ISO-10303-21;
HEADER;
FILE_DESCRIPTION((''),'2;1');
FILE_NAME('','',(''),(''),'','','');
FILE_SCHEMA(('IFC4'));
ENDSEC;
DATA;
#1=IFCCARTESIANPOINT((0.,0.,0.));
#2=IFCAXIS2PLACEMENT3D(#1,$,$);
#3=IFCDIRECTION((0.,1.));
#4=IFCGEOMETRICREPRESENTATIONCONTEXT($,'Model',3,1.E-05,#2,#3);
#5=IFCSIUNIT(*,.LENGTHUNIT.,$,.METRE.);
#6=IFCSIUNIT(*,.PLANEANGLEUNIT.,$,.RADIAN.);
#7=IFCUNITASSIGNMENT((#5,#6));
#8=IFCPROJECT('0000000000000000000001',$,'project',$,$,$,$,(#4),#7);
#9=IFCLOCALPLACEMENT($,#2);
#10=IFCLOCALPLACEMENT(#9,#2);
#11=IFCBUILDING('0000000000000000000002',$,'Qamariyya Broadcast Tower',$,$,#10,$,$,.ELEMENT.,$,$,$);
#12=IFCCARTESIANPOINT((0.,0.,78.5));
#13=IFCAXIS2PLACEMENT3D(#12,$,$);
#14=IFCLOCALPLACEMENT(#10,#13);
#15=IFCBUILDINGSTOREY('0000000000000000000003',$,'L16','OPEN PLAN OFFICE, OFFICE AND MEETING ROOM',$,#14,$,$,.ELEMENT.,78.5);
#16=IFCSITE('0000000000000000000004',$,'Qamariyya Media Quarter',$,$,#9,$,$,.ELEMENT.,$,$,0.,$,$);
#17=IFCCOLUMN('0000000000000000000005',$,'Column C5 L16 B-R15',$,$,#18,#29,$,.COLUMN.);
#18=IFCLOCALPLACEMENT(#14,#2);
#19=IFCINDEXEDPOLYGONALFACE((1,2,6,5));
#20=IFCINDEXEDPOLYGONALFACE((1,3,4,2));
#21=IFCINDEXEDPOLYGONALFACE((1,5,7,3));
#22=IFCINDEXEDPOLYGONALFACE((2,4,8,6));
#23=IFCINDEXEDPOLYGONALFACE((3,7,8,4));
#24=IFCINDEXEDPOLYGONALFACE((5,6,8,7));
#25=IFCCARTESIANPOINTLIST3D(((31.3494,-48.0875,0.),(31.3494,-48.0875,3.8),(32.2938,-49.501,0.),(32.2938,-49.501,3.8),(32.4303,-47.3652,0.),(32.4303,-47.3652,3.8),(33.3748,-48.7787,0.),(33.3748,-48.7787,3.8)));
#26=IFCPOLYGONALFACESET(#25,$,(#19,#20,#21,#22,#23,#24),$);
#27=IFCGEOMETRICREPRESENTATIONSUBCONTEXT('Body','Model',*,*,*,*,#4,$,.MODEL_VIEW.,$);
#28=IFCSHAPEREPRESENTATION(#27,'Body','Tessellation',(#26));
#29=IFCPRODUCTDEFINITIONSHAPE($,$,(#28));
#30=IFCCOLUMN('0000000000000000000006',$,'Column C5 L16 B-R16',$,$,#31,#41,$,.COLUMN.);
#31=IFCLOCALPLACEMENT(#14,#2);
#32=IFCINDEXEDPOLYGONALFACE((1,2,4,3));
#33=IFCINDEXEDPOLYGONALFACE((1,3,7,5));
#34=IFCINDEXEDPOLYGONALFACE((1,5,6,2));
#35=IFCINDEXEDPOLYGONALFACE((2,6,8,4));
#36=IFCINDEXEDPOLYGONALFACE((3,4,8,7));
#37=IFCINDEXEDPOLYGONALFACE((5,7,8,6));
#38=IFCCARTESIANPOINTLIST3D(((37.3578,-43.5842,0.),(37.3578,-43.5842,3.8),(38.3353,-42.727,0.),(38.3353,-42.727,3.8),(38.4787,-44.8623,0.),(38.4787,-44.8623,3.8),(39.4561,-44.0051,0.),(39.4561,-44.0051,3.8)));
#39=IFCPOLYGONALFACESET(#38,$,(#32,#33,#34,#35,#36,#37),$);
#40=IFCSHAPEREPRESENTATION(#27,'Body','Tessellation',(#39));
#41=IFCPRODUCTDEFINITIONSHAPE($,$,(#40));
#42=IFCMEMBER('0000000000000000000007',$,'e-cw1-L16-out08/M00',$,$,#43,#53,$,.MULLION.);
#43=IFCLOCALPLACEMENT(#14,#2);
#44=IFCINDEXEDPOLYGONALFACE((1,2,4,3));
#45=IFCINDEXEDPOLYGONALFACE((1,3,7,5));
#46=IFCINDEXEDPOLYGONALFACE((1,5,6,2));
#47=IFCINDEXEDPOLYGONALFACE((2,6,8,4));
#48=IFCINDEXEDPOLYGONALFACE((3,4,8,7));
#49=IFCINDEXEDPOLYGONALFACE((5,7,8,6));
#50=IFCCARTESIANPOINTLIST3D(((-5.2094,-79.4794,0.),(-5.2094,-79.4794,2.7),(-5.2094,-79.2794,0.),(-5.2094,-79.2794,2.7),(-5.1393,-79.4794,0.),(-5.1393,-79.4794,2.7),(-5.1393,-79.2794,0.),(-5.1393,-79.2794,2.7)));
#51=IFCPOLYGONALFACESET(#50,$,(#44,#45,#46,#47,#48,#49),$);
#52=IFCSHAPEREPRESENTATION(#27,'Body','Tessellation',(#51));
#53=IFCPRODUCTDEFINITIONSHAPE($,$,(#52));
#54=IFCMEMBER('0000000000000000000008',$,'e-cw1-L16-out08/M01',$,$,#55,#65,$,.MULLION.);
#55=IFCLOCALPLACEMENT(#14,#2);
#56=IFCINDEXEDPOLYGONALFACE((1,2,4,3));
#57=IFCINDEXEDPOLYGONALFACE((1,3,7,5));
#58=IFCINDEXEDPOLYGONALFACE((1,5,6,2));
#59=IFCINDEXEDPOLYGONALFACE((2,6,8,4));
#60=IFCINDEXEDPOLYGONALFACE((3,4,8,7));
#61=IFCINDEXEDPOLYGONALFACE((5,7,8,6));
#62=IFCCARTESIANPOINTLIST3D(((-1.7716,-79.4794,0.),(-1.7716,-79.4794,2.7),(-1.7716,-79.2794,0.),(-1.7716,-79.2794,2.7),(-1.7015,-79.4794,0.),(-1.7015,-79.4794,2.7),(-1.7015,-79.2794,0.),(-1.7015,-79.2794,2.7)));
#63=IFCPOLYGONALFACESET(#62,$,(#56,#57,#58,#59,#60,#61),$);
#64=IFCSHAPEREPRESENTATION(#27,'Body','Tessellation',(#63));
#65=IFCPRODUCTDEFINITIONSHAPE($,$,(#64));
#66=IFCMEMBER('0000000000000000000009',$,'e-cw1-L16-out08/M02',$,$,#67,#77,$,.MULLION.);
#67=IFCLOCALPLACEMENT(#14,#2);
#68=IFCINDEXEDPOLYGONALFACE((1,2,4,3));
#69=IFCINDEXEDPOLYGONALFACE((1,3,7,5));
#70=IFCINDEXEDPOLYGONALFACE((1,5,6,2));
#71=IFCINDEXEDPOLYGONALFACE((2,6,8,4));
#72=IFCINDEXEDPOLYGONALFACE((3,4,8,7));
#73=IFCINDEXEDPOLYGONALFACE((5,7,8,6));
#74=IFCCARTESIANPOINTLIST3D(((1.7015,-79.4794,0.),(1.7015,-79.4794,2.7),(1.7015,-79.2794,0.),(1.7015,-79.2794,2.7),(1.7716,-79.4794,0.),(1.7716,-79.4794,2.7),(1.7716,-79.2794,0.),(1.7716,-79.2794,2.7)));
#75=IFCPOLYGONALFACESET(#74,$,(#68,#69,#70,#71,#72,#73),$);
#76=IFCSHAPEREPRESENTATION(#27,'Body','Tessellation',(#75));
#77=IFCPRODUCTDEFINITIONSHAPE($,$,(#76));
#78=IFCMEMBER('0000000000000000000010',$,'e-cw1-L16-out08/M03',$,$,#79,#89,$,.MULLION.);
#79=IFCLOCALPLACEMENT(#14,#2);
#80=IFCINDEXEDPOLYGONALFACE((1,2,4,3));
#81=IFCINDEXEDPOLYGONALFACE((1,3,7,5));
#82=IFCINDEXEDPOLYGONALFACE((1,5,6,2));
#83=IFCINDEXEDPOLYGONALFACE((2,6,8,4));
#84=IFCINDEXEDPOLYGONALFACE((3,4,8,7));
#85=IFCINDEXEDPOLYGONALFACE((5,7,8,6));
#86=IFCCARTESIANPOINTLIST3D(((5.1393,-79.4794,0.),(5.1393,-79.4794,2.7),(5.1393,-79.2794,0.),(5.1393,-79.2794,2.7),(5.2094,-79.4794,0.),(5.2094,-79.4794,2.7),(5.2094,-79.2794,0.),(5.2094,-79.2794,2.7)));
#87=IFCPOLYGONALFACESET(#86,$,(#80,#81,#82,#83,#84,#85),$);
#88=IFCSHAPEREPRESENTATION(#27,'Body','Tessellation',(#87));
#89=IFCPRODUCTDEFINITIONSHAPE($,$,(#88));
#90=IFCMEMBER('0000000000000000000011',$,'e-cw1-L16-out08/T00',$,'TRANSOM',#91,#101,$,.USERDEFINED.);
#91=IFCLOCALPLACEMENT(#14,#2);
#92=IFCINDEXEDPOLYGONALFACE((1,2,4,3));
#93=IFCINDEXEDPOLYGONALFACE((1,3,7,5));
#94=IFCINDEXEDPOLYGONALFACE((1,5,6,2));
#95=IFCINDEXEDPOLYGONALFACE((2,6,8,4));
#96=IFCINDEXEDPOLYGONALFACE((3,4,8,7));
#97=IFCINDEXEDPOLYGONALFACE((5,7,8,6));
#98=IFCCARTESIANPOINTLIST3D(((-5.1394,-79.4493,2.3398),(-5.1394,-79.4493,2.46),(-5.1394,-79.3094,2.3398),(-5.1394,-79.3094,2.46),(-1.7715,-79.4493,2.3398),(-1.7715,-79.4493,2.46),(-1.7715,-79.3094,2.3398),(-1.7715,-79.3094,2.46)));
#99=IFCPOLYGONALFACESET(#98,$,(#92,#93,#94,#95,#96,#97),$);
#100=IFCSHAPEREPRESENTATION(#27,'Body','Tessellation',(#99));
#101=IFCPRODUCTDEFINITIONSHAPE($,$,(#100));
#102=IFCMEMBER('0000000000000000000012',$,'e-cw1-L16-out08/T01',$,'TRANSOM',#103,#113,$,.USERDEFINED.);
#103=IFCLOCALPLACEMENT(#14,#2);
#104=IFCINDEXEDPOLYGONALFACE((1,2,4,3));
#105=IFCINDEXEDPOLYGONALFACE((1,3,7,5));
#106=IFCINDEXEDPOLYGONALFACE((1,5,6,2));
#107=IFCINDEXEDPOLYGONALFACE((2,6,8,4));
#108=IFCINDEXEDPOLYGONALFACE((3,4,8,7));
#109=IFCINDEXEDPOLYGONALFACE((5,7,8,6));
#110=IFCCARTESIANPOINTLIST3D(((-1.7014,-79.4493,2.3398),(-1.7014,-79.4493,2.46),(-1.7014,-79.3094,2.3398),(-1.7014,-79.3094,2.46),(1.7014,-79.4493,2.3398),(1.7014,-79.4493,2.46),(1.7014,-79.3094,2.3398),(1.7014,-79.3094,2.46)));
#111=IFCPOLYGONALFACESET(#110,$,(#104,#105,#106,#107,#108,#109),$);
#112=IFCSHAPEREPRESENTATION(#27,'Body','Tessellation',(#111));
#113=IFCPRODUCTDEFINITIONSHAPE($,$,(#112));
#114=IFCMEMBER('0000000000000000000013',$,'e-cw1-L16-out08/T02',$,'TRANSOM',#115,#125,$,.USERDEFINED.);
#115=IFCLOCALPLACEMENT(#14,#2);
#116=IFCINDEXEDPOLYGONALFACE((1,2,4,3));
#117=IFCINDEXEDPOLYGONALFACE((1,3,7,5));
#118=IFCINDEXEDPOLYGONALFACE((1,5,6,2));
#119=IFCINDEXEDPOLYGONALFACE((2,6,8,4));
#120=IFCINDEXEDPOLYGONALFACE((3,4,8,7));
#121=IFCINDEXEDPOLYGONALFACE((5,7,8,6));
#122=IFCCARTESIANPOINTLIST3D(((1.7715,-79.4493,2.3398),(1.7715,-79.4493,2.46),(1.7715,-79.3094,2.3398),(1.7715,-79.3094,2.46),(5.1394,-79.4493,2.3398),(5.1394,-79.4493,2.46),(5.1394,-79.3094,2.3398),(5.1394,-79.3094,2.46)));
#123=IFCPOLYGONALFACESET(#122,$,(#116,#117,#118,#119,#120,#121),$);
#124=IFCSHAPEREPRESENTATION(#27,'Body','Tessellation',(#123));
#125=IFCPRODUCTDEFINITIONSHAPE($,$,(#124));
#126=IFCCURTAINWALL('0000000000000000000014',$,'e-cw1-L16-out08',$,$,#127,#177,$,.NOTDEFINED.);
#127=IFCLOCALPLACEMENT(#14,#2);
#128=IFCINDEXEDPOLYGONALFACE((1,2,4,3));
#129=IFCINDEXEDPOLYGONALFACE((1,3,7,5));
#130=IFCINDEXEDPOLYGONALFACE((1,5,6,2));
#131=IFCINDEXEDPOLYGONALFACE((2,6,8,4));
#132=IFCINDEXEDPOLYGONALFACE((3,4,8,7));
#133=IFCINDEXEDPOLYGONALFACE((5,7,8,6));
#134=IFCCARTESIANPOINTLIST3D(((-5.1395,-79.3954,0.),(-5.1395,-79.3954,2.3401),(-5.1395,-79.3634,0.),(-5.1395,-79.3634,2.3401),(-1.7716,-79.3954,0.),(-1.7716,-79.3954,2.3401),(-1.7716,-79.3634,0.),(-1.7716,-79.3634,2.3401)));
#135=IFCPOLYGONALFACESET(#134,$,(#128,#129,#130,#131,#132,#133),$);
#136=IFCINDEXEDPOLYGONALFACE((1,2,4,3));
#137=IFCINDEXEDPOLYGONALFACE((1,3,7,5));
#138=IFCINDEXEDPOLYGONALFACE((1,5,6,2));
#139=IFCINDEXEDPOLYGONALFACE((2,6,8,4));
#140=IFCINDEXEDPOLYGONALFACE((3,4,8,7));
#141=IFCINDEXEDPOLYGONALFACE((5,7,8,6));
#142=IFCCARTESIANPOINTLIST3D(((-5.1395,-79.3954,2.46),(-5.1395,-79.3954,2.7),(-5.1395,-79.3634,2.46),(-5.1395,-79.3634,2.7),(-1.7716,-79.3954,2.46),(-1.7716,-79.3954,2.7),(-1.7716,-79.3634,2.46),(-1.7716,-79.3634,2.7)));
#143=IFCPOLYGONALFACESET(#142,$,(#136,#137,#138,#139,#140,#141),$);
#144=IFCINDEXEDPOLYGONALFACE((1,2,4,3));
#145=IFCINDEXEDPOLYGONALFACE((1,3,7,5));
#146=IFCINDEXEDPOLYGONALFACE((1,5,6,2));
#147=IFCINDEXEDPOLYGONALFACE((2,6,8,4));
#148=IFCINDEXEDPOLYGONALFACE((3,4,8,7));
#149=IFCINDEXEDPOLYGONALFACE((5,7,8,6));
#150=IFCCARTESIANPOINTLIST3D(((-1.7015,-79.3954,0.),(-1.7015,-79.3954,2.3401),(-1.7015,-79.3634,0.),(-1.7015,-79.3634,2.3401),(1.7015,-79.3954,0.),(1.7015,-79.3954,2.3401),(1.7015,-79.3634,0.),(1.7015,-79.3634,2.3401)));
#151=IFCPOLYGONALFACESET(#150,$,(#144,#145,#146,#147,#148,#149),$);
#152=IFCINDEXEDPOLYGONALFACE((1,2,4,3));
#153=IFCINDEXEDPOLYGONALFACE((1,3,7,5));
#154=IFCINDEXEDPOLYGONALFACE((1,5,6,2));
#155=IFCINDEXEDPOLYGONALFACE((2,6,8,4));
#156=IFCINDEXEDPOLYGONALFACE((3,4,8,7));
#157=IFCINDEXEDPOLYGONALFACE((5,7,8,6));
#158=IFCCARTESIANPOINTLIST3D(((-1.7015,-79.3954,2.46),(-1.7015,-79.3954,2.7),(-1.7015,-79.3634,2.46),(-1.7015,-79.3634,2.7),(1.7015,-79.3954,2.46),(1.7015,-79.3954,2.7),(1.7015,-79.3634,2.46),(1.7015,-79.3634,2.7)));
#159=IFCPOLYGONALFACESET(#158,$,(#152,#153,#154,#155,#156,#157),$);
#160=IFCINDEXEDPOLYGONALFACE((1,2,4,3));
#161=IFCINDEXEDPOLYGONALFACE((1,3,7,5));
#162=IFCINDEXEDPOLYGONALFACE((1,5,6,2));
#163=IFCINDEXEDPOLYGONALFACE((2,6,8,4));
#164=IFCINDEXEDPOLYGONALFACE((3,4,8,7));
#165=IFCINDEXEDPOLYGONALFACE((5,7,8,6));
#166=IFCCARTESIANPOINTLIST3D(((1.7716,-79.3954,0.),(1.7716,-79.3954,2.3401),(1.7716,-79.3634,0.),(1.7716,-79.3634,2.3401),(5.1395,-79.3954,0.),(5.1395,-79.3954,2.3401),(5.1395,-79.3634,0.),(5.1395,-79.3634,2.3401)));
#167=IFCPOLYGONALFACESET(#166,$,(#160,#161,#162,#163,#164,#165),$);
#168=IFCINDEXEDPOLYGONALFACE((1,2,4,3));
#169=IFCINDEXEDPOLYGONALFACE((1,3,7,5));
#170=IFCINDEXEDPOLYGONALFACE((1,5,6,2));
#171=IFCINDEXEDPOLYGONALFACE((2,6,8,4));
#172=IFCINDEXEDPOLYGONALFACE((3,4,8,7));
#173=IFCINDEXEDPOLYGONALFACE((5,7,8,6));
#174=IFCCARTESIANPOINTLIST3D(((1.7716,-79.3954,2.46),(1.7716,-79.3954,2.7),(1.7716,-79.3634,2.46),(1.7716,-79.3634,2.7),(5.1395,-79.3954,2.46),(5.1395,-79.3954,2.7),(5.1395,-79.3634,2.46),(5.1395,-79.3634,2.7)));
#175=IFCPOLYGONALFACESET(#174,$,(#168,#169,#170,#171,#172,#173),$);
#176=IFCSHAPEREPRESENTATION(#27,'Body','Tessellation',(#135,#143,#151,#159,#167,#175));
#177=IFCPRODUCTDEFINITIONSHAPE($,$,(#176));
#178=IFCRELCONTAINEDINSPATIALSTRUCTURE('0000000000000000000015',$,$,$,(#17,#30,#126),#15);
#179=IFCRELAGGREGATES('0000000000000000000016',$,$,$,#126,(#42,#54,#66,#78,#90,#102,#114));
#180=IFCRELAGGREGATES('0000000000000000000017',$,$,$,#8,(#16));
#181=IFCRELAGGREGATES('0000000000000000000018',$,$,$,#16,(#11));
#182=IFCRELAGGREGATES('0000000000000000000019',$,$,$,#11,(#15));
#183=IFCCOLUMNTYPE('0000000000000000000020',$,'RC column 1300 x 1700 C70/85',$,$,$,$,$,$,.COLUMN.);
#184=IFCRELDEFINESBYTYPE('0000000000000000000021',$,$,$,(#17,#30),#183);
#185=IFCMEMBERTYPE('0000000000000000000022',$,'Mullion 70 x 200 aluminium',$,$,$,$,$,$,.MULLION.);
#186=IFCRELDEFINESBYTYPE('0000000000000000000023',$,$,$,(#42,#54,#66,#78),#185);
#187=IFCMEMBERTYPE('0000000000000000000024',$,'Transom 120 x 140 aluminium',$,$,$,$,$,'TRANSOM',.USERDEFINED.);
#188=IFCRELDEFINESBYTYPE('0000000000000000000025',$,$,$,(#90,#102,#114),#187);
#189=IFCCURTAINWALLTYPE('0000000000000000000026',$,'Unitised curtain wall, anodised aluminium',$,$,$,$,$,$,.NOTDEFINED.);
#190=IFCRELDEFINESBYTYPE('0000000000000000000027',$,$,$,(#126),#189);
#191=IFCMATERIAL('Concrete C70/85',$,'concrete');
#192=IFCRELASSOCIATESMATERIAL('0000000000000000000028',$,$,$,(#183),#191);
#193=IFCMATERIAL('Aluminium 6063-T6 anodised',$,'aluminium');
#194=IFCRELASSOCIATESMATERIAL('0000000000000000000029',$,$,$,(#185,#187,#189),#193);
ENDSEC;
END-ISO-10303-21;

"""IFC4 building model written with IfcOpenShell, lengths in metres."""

from ifc_helpers import new_model, si_unit, direction, frame, origin, origin_2d, place, context, subcontext, project, spatial, rectangle, extrude, material, material_profile, profile_set, type_object, element, aggregate, save


model = new_model("IFC4")

# Units and contexts
model_context = context("Model", 3, precision=1e-05, world=origin(), true_north=direction((0.0, 1.0)))
body_context = subcontext(model_context, "Body", "Model", "MODEL_VIEW")
ifc_project = project(units=[si_unit("LENGTHUNIT", "METRE"), si_unit("PLANEANGLEUNIT", "RADIAN")], contexts=[model_context])

# Site, building, storey
site_placement = place(None, origin())
site = spatial("IfcSite", under=ifc_project, at=site_placement, Name="Qamariyya Media Quarter", CompositionType="ELEMENT", RefElevation=0.0)
building_placement = place(site_placement, origin())
building = spatial("IfcBuilding", under=site, at=building_placement, Name="Qamariyya Broadcast Tower", CompositionType="ELEMENT")
storey_placement = place(building_placement, frame((0.0, 0.0, 78.5)))
storey = spatial("IfcBuildingStorey", under=building, at=storey_placement, Name="L16", Description="OPEN PLAN OFFICE, OFFICE AND MEETING ROOM", CompositionType="ELEMENT", Elevation=78.5)

# Columns
ifc_material_1 = material(Name="Concrete C70/85", Category="concrete")
ifc_material_profile_1 = material_profile(ifc_material_1, rectangle(XDim=1.3, YDim=1.7, at=origin_2d()))
ifc_profile_set_1 = profile_set([ifc_material_profile_1], Name="Concrete C70/85")
column_type = type_object("IfcColumnType", Name="RC column 1300 x 1700 C70/85", PredefinedType="COLUMN", material=ifc_profile_set_1)
for number, where, z_axis, x_axis, name in (
    (1, (32.3621, -48.4331, 0.0), (0.0, 0.0, 1.0), (0.83147, 0.55557, 0.0), "Column C5 L16 B-R15"),
    (2, (38.407, -43.7947, 0.0), (0.0, 0.0, 1.0), (0.75184, 0.659346, 0.0), "Column C5 L16 B-R16"),
):
    element("IfcColumn", number, at=place(storey_placement, frame(where, z_axis=z_axis, x_axis=x_axis)), inside=storey, type_object=column_type, Name=name, PredefinedType="COLUMN", context=body_context, shape_type="SweptSolid", body=[
        extrude(rectangle(XDim=1.3, YDim=1.7, at=origin_2d()), origin(), (0.0, 0.0, 1.0), 3.8),
    ])

# Members
ifc_material_2 = material(Name="Aluminium 6063-T6 anodised", Category="aluminium")
ifc_material_profile_2 = material_profile(ifc_material_2, rectangle(XDim=0.2, YDim=0.0701, at=origin_2d()))
ifc_profile_set_2 = profile_set([ifc_material_profile_2], Name="Aluminium 6063-T6 anodised")
member_type_1 = type_object("IfcMemberType", Name="Mullion 70 x 200 aluminium", PredefinedType="MULLION", material=ifc_profile_set_2)
member_1_placement = place(storey_placement, frame((-5.1743, -79.3794, 0.0), z_axis=(0.0, 0.0, 1.0), x_axis=(0.0, 1.0, 0.0)))
member_1 = element("IfcMember", 3, at=member_1_placement, type_object=member_type_1, Name="e-cw1-L16-out08/M00", PredefinedType="MULLION", context=body_context, shape_type="SweptSolid", body=[
    extrude(rectangle(XDim=0.2, YDim=0.0701, at=origin_2d()), origin(), (0.0, 0.0, 1.0), 2.7),
])
member_2_placement = place(storey_placement, frame((-1.7366, -79.3794, 0.0), z_axis=(0.0, 0.0, 1.0), x_axis=(0.0, 1.0, 0.0)))
member_2 = element("IfcMember", 4, at=member_2_placement, type_object=member_type_1, Name="e-cw1-L16-out08/M01", PredefinedType="MULLION", context=body_context, shape_type="SweptSolid", body=[
    extrude(rectangle(XDim=0.2, YDim=0.0701, at=origin_2d()), origin(), (0.0, 0.0, 1.0), 2.7),
])
member_3_placement = place(storey_placement, frame((1.7366, -79.3794, 0.0), z_axis=(0.0, 0.0, 1.0), x_axis=(0.0, 1.0, 0.0)))
member_3 = element("IfcMember", 5, at=member_3_placement, type_object=member_type_1, Name="e-cw1-L16-out08/M02", PredefinedType="MULLION", context=body_context, shape_type="SweptSolid", body=[
    extrude(rectangle(XDim=0.2, YDim=0.0701, at=origin_2d()), origin(), (0.0, 0.0, 1.0), 2.7),
])
member_4_placement = place(storey_placement, frame((5.1743, -79.3794, 0.0), z_axis=(0.0, 0.0, 1.0), x_axis=(0.0, 1.0, 0.0)))
member_4 = element("IfcMember", 6, at=member_4_placement, type_object=member_type_1, Name="e-cw1-L16-out08/M03", PredefinedType="MULLION", context=body_context, shape_type="SweptSolid", body=[
    extrude(rectangle(XDim=0.2, YDim=0.0701, at=origin_2d()), origin(), (0.0, 0.0, 1.0), 2.7),
])

# Members
ifc_material_profile_3 = material_profile(ifc_material_2, rectangle(XDim=0.1399, YDim=0.1201, at=origin_2d()))
ifc_profile_set_3 = profile_set([ifc_material_profile_3], Name="Aluminium 6063-T6 anodised")
member_type_2 = type_object("IfcMemberType", Name="Transom 120 x 140 aluminium", ElementType="TRANSOM", PredefinedType="USERDEFINED", material=ifc_profile_set_3)
member_5_placement = place(storey_placement, frame((-5.1394, -79.3794, 2.3999), z_axis=(1.0, 0.0, 0.0), x_axis=(0.0, 1.0, 0.0)))
member_5 = element("IfcMember", 7, at=member_5_placement, type_object=member_type_2, Name="e-cw1-L16-out08/T00", ObjectType="TRANSOM", PredefinedType="USERDEFINED", context=body_context, shape_type="SweptSolid", body=[
    extrude(rectangle(XDim=0.1399, YDim=0.1201, at=origin_2d()), origin(), (0.0, 0.0, 1.0), 3.3679),
])
member_6_placement = place(storey_placement, frame((-1.7014, -79.3794, 2.3999), z_axis=(1.0, 0.0, 0.0), x_axis=(0.0, 1.0, 0.0)))
member_6 = element("IfcMember", 8, at=member_6_placement, type_object=member_type_2, Name="e-cw1-L16-out08/T01", ObjectType="TRANSOM", PredefinedType="USERDEFINED", context=body_context, shape_type="SweptSolid", body=[
    extrude(rectangle(XDim=0.1399, YDim=0.1201, at=origin_2d()), origin(), (0.0, 0.0, 1.0), 3.4028),
])
member_7_placement = place(storey_placement, frame((1.7715, -79.3794, 2.3999), z_axis=(1.0, 0.0, 0.0), x_axis=(0.0, 1.0, 0.0)))
member_7 = element("IfcMember", 9, at=member_7_placement, type_object=member_type_2, Name="e-cw1-L16-out08/T02", ObjectType="TRANSOM", PredefinedType="USERDEFINED", context=body_context, shape_type="SweptSolid", body=[
    extrude(rectangle(XDim=0.1399, YDim=0.1201, at=origin_2d()), origin(), (0.0, 0.0, 1.0), 3.3679),
])

# Curtain wall
curtain_wall_type = type_object("IfcCurtainWallType", Name="Unitised curtain wall, anodised aluminium", PredefinedType="NOTDEFINED", material=ifc_material_2)
curtain_wall_1_placement = place(storey_placement, origin())
curtain_wall_1 = element("IfcCurtainWall", 10, at=curtain_wall_1_placement, inside=storey, type_object=curtain_wall_type, Name="e-cw1-L16-out08", PredefinedType="NOTDEFINED", context=body_context, shape_type="SweptSolid", body=[
    extrude(rectangle(XDim=3.3679, YDim=0.032, at=origin_2d()), frame((-3.4556, -79.3794, 0.0), x_axis=(1.0, 0.0, 0.0)), (0.0, 0.0, 1.0), 2.3401),
    extrude(rectangle(XDim=3.3679, YDim=0.032, at=origin_2d()), frame((-3.4556, -79.3794, 2.46), x_axis=(1.0, 0.0, 0.0)), (0.0, 0.0, 1.0), 0.24),
    extrude(rectangle(XDim=3.4031, YDim=0.032, at=origin_2d()), frame((0.0, -79.3794, 0.0), x_axis=(1.0, 0.0, 0.0)), (0.0, 0.0, 1.0), 2.3401),
    extrude(rectangle(XDim=3.4031, YDim=0.032, at=origin_2d()), frame((0.0, -79.3794, 2.46), x_axis=(1.0, 0.0, 0.0)), (0.0, 0.0, 1.0), 0.24),
    extrude(rectangle(XDim=3.3679, YDim=0.032, at=origin_2d()), frame((3.4556, -79.3794, 0.0), x_axis=(1.0, 0.0, 0.0)), (0.0, 0.0, 1.0), 2.3401),
    extrude(rectangle(XDim=3.3679, YDim=0.032, at=origin_2d()), frame((3.4556, -79.3794, 2.46), x_axis=(1.0, 0.0, 0.0)), (0.0, 0.0, 1.0), 0.24),
])
aggregate(curtain_wall_1, [member_1, member_2, member_3, member_4, member_5, member_6, member_7])

save(model, "model.ifc")
